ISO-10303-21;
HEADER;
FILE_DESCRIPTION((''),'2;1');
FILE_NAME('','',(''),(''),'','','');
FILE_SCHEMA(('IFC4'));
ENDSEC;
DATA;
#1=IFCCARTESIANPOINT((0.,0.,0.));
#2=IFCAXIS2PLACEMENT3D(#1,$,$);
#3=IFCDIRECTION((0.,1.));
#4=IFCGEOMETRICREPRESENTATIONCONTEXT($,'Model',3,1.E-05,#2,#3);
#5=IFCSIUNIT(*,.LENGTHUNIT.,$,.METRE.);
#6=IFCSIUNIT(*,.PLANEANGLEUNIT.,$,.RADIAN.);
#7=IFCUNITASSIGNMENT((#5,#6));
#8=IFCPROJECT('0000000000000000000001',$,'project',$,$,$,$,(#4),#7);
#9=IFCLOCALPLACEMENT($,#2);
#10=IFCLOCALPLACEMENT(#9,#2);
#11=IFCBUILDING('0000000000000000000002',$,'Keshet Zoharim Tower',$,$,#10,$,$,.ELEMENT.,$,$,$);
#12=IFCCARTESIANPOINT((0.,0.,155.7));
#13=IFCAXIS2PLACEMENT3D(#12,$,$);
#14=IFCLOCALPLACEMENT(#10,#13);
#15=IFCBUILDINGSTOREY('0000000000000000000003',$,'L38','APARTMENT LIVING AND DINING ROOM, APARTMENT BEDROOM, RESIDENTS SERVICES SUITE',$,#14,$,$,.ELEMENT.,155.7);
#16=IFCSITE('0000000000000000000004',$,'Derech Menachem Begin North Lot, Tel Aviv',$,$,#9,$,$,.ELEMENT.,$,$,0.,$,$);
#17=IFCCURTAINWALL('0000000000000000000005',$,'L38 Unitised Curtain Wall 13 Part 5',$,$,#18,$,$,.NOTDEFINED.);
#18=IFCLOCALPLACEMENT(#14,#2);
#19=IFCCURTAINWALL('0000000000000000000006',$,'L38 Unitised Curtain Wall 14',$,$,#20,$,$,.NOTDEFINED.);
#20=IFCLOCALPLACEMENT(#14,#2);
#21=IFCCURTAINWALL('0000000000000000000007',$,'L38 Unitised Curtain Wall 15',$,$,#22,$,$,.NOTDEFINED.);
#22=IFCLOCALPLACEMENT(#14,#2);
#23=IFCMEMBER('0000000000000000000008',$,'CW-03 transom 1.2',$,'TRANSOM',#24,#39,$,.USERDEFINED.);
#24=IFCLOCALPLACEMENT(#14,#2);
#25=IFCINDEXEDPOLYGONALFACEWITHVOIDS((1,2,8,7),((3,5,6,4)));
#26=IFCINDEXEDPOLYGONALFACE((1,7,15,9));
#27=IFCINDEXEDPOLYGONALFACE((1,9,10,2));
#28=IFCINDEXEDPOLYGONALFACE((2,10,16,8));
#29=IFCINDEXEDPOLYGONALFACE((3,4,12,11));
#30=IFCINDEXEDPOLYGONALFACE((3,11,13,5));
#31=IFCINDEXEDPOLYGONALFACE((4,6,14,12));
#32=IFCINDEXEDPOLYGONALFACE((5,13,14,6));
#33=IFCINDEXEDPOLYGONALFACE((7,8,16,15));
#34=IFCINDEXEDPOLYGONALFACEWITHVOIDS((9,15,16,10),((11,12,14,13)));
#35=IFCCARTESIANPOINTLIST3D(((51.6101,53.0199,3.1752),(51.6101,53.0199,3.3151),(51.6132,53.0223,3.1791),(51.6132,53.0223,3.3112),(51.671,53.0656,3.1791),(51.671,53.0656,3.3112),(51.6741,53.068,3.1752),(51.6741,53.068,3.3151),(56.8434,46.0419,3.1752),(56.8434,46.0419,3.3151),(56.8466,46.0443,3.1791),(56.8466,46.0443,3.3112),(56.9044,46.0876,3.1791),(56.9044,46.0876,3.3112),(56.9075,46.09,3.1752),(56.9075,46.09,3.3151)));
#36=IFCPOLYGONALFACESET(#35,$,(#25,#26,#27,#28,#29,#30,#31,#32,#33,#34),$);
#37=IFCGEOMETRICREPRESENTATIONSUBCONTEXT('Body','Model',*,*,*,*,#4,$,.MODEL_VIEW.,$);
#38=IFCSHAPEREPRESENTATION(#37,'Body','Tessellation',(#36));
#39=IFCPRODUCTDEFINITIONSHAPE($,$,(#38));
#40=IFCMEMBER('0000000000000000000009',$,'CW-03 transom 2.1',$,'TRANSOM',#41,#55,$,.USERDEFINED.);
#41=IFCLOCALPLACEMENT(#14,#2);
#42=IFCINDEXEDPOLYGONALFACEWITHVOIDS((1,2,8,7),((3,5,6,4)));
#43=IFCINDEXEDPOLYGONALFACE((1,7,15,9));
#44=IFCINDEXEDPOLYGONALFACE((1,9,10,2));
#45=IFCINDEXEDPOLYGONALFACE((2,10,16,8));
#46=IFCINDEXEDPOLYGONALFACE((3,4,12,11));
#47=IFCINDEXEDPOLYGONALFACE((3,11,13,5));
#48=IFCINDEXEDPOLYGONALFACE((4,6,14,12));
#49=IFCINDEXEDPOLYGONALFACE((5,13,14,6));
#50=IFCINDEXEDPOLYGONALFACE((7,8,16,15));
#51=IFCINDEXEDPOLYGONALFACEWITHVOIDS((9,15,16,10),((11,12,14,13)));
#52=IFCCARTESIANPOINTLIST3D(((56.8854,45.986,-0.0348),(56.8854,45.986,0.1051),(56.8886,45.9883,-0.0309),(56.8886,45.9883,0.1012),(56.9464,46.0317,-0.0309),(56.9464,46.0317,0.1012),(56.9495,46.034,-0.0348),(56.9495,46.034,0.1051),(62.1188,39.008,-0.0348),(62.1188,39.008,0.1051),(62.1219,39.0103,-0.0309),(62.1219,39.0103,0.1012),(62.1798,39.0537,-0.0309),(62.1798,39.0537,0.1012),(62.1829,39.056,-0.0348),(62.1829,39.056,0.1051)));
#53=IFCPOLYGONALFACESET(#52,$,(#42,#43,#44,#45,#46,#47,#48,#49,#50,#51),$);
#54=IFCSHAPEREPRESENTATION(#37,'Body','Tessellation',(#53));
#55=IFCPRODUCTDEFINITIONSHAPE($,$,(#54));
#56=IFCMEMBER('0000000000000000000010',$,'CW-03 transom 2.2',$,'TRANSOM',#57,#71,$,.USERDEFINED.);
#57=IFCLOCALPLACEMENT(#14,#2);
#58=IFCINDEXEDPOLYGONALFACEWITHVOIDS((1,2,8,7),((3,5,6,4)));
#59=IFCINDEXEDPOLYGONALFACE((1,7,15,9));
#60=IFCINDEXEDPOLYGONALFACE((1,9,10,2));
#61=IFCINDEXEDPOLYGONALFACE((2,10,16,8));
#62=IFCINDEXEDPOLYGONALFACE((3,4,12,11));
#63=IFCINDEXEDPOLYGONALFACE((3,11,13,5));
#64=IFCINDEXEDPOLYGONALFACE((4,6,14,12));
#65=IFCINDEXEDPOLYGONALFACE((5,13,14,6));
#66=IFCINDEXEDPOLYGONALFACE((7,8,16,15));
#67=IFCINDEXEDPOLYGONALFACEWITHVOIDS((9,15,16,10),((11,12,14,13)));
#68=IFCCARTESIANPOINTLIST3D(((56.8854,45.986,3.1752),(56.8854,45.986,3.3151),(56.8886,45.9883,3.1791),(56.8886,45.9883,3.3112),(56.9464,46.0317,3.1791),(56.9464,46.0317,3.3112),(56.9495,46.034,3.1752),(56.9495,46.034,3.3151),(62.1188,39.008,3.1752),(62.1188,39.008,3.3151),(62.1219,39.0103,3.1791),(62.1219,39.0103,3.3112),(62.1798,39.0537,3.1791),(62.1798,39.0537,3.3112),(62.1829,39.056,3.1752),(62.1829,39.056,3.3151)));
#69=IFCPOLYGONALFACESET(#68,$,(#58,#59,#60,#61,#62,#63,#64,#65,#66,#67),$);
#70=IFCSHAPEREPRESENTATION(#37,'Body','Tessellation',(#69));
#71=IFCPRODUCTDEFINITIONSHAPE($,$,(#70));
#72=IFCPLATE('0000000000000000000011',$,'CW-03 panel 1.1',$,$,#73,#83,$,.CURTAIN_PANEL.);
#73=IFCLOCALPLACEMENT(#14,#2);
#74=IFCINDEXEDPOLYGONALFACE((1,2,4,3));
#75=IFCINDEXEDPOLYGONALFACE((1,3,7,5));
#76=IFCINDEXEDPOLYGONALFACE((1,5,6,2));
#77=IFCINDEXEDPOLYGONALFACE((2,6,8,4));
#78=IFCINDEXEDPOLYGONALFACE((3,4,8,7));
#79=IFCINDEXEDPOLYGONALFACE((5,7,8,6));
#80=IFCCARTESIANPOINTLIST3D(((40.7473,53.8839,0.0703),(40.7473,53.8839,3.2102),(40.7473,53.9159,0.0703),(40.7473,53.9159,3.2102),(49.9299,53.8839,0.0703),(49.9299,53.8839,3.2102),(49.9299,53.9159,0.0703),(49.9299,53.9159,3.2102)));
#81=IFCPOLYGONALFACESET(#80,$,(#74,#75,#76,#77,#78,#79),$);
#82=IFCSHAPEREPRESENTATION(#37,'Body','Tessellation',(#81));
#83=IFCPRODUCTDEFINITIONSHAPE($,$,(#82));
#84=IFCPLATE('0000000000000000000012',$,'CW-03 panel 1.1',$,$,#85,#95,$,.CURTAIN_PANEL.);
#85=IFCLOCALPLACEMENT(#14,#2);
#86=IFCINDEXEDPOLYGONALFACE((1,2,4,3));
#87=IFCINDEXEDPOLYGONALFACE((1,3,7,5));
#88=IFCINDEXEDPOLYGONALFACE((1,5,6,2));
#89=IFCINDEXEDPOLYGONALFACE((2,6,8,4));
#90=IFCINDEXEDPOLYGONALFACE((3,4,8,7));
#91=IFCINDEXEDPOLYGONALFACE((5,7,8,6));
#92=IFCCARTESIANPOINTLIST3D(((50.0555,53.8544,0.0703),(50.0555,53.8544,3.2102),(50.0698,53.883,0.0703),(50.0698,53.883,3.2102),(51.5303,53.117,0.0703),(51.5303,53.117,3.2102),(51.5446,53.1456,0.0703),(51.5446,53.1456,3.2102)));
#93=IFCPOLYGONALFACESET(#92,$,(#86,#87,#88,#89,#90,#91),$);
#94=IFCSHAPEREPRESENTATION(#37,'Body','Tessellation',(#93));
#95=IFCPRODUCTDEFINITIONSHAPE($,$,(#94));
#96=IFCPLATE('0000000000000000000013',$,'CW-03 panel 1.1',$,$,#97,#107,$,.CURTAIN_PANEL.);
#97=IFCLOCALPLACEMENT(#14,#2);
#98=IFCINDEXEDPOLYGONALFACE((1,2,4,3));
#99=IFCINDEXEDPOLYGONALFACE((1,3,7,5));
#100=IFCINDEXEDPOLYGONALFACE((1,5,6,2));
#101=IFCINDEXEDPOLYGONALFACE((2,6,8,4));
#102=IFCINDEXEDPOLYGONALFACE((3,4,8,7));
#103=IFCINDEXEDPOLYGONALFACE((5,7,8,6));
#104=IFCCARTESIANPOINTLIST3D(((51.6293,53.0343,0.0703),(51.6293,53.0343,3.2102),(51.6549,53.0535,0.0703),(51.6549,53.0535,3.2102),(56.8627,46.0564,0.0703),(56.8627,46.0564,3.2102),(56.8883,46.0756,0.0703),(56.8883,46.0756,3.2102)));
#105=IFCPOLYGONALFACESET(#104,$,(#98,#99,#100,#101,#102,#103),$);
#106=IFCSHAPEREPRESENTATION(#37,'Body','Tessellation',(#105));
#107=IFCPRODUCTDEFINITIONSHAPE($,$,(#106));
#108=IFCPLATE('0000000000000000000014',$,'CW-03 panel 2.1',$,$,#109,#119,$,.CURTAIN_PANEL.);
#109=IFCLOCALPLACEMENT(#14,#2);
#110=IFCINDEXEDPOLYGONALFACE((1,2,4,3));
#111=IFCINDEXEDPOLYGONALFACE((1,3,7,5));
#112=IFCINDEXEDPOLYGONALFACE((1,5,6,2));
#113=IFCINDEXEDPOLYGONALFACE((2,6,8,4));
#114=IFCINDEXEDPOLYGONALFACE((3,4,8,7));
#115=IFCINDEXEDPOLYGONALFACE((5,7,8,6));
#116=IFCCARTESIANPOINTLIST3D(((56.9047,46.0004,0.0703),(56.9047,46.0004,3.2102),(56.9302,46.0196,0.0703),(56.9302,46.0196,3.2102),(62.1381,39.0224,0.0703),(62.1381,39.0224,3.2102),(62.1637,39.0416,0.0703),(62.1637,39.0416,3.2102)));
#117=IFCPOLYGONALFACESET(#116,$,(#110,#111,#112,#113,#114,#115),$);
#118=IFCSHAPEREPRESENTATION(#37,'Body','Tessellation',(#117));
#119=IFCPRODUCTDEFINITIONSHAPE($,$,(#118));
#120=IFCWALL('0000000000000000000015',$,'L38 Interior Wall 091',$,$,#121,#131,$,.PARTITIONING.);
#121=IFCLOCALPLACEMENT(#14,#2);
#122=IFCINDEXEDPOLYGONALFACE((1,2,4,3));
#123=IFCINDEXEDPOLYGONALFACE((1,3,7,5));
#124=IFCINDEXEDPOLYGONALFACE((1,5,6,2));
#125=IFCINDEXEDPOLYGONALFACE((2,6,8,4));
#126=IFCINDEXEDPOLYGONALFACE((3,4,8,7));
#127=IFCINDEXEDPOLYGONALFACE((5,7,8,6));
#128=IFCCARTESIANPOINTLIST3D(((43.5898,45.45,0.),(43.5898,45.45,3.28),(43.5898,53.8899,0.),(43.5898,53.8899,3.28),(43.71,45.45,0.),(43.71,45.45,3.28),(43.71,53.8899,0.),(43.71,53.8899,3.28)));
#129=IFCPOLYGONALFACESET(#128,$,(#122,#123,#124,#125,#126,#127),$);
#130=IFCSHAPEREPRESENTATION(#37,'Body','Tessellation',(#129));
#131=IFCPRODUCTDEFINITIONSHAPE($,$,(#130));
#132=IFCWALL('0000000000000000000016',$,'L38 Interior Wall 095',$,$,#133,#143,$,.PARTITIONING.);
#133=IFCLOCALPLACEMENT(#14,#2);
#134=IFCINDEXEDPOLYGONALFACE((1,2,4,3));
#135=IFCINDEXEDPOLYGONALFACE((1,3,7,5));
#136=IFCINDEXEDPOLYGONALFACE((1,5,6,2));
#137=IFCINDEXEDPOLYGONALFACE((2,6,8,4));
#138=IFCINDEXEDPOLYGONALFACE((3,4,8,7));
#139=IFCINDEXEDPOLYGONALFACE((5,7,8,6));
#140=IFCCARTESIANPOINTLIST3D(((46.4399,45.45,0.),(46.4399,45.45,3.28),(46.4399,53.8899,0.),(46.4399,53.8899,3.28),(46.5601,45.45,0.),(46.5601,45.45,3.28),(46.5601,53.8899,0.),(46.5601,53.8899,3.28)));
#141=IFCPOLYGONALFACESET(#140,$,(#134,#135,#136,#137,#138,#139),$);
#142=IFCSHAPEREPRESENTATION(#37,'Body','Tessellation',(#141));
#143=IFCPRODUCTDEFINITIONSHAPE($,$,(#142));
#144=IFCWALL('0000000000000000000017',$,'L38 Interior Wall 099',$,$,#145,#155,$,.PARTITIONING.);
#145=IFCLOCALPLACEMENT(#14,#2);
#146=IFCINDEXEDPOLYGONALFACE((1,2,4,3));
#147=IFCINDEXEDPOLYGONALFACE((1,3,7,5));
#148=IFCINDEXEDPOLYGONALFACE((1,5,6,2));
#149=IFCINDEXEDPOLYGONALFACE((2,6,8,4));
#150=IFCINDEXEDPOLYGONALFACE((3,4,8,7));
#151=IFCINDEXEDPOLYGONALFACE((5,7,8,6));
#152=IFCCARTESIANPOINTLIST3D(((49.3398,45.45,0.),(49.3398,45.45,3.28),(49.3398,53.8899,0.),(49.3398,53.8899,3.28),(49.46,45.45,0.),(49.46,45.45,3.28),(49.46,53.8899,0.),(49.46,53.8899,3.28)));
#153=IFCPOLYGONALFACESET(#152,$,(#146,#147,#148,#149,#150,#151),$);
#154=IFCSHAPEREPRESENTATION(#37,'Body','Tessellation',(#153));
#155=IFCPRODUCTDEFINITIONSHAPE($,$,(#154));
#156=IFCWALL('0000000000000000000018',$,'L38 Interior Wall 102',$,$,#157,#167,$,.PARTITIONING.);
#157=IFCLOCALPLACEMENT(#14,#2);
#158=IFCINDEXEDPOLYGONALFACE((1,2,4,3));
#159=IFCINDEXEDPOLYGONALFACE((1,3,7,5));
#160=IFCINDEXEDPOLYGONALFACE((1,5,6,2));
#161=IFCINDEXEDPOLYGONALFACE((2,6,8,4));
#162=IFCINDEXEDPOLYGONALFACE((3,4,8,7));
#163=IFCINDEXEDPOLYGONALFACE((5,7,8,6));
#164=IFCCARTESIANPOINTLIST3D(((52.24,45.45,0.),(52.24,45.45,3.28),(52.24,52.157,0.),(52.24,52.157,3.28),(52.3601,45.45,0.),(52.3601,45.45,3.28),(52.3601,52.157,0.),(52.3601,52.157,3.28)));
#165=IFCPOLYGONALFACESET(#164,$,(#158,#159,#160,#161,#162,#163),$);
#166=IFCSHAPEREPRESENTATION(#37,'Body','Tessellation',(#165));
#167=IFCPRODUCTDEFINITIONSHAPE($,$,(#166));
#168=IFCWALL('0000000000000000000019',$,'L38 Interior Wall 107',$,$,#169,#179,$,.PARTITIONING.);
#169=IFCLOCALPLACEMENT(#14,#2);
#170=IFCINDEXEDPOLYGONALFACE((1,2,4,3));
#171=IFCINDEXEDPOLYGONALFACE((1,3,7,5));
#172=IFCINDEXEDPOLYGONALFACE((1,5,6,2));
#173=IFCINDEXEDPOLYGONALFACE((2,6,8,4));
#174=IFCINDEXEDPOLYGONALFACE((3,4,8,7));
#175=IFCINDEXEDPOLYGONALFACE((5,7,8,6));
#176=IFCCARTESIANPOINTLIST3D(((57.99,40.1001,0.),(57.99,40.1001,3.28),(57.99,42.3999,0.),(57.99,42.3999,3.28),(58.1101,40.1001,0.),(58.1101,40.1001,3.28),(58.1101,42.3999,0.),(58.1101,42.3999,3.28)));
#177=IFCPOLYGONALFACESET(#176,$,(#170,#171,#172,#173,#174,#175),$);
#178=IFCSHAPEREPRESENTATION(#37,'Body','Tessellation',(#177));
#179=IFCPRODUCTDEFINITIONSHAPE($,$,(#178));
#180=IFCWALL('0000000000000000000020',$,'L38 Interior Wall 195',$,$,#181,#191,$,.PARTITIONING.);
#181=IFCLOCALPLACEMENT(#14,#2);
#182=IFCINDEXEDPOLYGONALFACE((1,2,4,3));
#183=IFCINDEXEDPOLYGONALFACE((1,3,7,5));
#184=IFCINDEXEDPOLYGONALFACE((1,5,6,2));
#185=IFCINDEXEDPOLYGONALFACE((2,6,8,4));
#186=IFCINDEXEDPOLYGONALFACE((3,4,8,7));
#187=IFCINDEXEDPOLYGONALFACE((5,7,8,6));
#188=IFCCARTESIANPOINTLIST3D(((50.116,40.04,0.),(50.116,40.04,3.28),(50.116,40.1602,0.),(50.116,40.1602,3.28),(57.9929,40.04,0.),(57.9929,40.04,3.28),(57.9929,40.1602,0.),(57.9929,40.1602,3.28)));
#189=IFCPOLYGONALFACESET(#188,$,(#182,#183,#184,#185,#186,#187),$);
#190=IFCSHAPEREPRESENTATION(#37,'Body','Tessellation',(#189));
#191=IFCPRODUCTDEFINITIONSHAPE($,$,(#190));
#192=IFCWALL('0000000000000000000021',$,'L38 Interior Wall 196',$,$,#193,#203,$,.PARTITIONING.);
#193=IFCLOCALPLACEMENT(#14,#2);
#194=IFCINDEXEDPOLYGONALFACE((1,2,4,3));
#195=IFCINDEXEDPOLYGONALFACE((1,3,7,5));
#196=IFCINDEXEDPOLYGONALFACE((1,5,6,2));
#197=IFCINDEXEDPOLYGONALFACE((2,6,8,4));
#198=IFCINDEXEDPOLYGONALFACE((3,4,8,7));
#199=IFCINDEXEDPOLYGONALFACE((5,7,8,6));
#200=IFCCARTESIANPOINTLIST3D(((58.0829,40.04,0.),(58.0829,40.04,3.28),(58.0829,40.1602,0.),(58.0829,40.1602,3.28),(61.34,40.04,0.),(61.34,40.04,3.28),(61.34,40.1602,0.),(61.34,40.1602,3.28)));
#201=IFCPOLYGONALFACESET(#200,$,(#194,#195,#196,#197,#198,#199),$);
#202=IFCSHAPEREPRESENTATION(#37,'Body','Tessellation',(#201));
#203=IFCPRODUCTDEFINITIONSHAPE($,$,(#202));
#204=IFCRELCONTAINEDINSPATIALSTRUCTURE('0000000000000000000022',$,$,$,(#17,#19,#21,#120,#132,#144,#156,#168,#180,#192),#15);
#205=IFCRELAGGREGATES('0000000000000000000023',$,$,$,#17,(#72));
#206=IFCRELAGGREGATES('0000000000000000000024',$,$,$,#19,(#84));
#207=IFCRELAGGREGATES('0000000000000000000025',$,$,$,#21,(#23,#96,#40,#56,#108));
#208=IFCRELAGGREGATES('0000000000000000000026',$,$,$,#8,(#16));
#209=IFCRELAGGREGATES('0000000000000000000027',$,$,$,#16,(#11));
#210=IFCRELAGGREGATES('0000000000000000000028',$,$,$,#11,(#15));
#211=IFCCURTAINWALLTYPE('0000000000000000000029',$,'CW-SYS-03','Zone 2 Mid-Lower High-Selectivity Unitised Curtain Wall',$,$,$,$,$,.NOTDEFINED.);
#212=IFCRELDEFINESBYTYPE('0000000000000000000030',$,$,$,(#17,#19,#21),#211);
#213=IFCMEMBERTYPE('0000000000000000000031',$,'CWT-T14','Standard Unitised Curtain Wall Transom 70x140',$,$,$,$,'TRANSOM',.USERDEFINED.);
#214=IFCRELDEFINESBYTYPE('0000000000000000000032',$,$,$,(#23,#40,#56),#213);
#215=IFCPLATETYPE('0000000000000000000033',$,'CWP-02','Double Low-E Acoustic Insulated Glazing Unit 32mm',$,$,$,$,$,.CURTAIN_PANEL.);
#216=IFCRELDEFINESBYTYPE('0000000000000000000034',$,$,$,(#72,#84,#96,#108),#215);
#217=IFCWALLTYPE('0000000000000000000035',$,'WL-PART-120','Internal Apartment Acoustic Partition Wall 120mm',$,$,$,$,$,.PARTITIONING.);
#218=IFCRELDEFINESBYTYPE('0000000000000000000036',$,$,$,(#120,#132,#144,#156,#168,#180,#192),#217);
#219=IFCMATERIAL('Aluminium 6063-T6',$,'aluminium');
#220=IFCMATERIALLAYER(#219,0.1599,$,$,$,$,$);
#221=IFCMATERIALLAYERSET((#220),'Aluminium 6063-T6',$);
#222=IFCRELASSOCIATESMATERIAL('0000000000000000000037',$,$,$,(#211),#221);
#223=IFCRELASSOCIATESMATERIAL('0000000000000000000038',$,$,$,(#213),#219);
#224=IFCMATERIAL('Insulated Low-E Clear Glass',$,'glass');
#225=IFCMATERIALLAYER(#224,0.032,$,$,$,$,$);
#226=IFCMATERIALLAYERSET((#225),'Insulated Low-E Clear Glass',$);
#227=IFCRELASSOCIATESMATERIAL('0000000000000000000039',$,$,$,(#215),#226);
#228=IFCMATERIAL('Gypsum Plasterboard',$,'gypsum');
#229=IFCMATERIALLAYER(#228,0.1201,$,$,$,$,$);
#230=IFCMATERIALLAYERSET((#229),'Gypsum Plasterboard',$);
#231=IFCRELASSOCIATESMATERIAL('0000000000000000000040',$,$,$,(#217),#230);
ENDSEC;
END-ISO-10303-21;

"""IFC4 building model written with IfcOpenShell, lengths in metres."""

from ifc_helpers import new_model, si_unit, direction, frame, frame_2d, origin, origin_2d, place, context, subcontext, project, spatial, rectangle, hollow_rectangle, extrude, material, layer, layer_set, material_profile, profile_set, type_object, element, aggregate, save


model = new_model("IFC4")

# Units and contexts
model_context = context("Model", 3, precision=1e-05, world=origin(), true_north=direction((0.0, 1.0)))
body_context = subcontext(model_context, "Body", "Model", "MODEL_VIEW")
ifc_project = project(units=[si_unit("LENGTHUNIT", "METRE"), si_unit("PLANEANGLEUNIT", "RADIAN")], contexts=[model_context])

# Site, building, storey
site_placement = place(None, origin())
site = spatial("IfcSite", under=ifc_project, at=site_placement, Name="Derech Menachem Begin North Lot, Tel Aviv", CompositionType="ELEMENT", RefElevation=0.0)
building_placement = place(site_placement, origin())
building = spatial("IfcBuilding", under=site, at=building_placement, Name="Keshet Zoharim Tower", CompositionType="ELEMENT")
storey_placement = place(building_placement, frame((0.0, 0.0, 155.7)))
storey = spatial("IfcBuildingStorey", under=building, at=storey_placement, Name="L38", Description="APARTMENT LIVING AND DINING ROOM, APARTMENT BEDROOM, RESIDENTS SERVICES SUITE", CompositionType="ELEMENT", Elevation=155.7)

# Curtain wall
ifc_material_1 = material(Name="Aluminium 6063-T6", Category="aluminium")
ifc_layer_1 = layer(ifc_material_1, 0.1599)
ifc_layer_set_1 = layer_set([ifc_layer_1], Name="Aluminium 6063-T6")
curtain_wall_type = type_object("IfcCurtainWallType", Name="CW-SYS-03", Description="Zone 2 Mid-Lower High-Selectivity Unitised Curtain Wall", PredefinedType="NOTDEFINED", material=ifc_layer_set_1)
curtain_wall_1_placement = place(storey_placement, origin())
curtain_wall_1 = element("IfcCurtainWall", 1, at=curtain_wall_1_placement, inside=storey, type_object=curtain_wall_type, Name="L38 Unitised Curtain Wall 13 Part 5", PredefinedType="NOTDEFINED")

# Curtain walls
curtain_wall_2_placement = place(storey_placement, origin())
curtain_wall_2 = element("IfcCurtainWall", 2, at=curtain_wall_2_placement, inside=storey, type_object=curtain_wall_type, Name="L38 Unitised Curtain Wall 14", PredefinedType="NOTDEFINED")
curtain_wall_3_placement = place(storey_placement, origin())
curtain_wall_3 = element("IfcCurtainWall", 3, at=curtain_wall_3_placement, inside=storey, type_object=curtain_wall_type, Name="L38 Unitised Curtain Wall 15", PredefinedType="NOTDEFINED")

# Members
ifc_material_profile_1 = material_profile(ifc_material_1, hollow_rectangle(XDim=0.0801, YDim=0.1399, WallThickness=0.0039, at=origin_2d()), Name="TRN-80x140")
ifc_profile_set_1 = profile_set([ifc_material_profile_1], Name="Aluminium 6063-T6")
member_type_1 = type_object("IfcMemberType", Name="CWT-T14", Description="Standard Unitised Curtain Wall Transom 70x140", ElementType="TRANSOM", PredefinedType="USERDEFINED", material=ifc_profile_set_1)
member_1_placement = place(storey_placement, frame((51.6421, 53.0439, 3.2451), z_axis=(0.599991, -0.800007, 0.0), x_axis=(0.800007, 0.599991, 0.0)))
member_1 = element("IfcMember", 4, at=member_1_placement, type_object=member_type_1, Name="CW-03 transom 1.2", ObjectType="TRANSOM", PredefinedType="USERDEFINED", context=body_context, shape_type="SweptSolid", body=[
    extrude(hollow_rectangle(XDim=0.0801, YDim=0.1399, WallThickness=0.0039, at=origin_2d()), origin(), (0.0, 0.0, 1.0), 8.7224),
])
member_2_placement = place(storey_placement, frame((56.9175, 46.01, 0.0352), z_axis=(0.599991, -0.800007, 0.0), x_axis=(0.800007, 0.599991, 0.0)))
member_2 = element("IfcMember", 5, at=member_2_placement, type_object=member_type_1, Name="CW-03 transom 2.1", ObjectType="TRANSOM", PredefinedType="USERDEFINED", context=body_context, shape_type="SweptSolid", body=[
    extrude(hollow_rectangle(XDim=0.0801, YDim=0.1399, WallThickness=0.0039, at=origin_2d()), origin(), (0.0, 0.0, 1.0), 8.7224),
])
member_3_placement = place(storey_placement, frame((56.9175, 46.01, 3.2451), z_axis=(0.599991, -0.800007, 0.0), x_axis=(0.800007, 0.599991, 0.0)))
member_3 = element("IfcMember", 6, at=member_3_placement, type_object=member_type_1, Name="CW-03 transom 2.2", ObjectType="TRANSOM", PredefinedType="USERDEFINED", context=body_context, shape_type="SweptSolid", body=[
    extrude(hollow_rectangle(XDim=0.0801, YDim=0.1399, WallThickness=0.0039, at=origin_2d()), origin(), (0.0, 0.0, 1.0), 8.7224),
])

# Plates
ifc_material_2 = material(Name="Insulated Low-E Clear Glass", Category="glass")
ifc_layer_2 = layer(ifc_material_2, 0.032)
ifc_layer_set_2 = layer_set([ifc_layer_2], Name="Insulated Low-E Clear Glass")
plate_type = type_object("IfcPlateType", Name="CWP-02", Description="Double Low-E Acoustic Insulated Glazing Unit 32mm", PredefinedType="CURTAIN_PANEL", material=ifc_layer_set_2)
plate_1_placement = place(storey_placement, frame((45.3386, 53.8999, 0.0703), z_axis=(0.0, 0.0, 1.0), x_axis=(1.0, 0.0, 0.0)))
plate_1 = element("IfcPlate", 7, at=plate_1_placement, type_object=plate_type, Name="CW-03 panel 1.1", PredefinedType="CURTAIN_PANEL", context=body_context, shape_type="SweptSolid", body=[
    extrude(rectangle(XDim=9.1826, YDim=0.032, at=origin_2d()), origin(), (0.0, 0.0, 1.0), 3.1399),
])
aggregate(curtain_wall_1, [plate_1])
plate_2_placement = place(storey_placement, frame((50.8, 53.5, 0.0703), z_axis=(0.0, 0.0, 1.0), x_axis=(0.894427, -0.447214, 0.0)))
plate_2 = element("IfcPlate", 8, at=plate_2_placement, type_object=plate_type, Name="CW-03 panel 1.1", PredefinedType="CURTAIN_PANEL", context=body_context, shape_type="SweptSolid", body=[
    extrude(rectangle(XDim=1.6489, YDim=0.032, at=origin_2d()), origin(), (0.0, 0.0, 1.0), 3.1399),
])
aggregate(curtain_wall_2, [plate_2])
plate_3_placement = place(storey_placement, frame((54.2588, 49.5549, 0.0703), z_axis=(0.0, 0.0, 1.0), x_axis=(0.6, -0.8, 0.0)))
plate_3 = element("IfcPlate", 9, at=plate_3_placement, type_object=plate_type, Name="CW-03 panel 1.1", PredefinedType="CURTAIN_PANEL", context=body_context, shape_type="SweptSolid", body=[
    extrude(rectangle(XDim=8.7224, YDim=0.032, at=origin_2d()), origin(), (0.0, 0.0, 1.0), 3.1399),
])
plate_4_placement = place(storey_placement, frame((59.5342, 42.521, 0.0703), z_axis=(0.0, 0.0, 1.0), x_axis=(0.6, -0.8, 0.0)))
plate_4 = element("IfcPlate", 10, at=plate_4_placement, type_object=plate_type, Name="CW-03 panel 2.1", PredefinedType="CURTAIN_PANEL", context=body_context, shape_type="SweptSolid", body=[
    extrude(rectangle(XDim=8.7224, YDim=0.032, at=origin_2d()), origin(), (0.0, 0.0, 1.0), 3.1399),
])
aggregate(curtain_wall_3, [member_1, plate_3, member_2, member_3, plate_4])

# Walls
ifc_material_3 = material(Name="Gypsum Plasterboard", Category="gypsum")
ifc_layer_3 = layer(ifc_material_3, 0.1201)
ifc_layer_set_3 = layer_set([ifc_layer_3], Name="Gypsum Plasterboard")
wall_type_1 = type_object("IfcWallType", Name="WL-PART-120", Description="Internal Apartment Acoustic Partition Wall 120mm", PredefinedType="PARTITIONING", material=ifc_layer_set_3)
for number, where, z_axis, x_axis, name in (
    (11, (43.6499, 45.45, 0.0), (0.0, 0.0, 1.0), (0.0, 1.0, 0.0), "L38 Interior Wall 091"),
    (12, (46.5, 45.45, 0.0), (0.0, 0.0, 1.0), (0.0, 1.0, 0.0), "L38 Interior Wall 095"),
    (13, (49.3999, 45.45, 0.0), (0.0, 0.0, 1.0), (0.0, 1.0, 0.0), "L38 Interior Wall 099"),
):
    element("IfcWall", number, at=place(storey_placement, frame(where, z_axis=z_axis, x_axis=x_axis)), inside=storey, type_object=wall_type_1, Name=name, PredefinedType="PARTITIONING", context=body_context, shape_type="SweptSolid", body=[
        extrude(rectangle(XDim=8.4399, YDim=0.1201, at=frame_2d((4.22, 0.0))), origin(), (0.0, 0.0, 1.0), 3.28),
    ])
wall_1_placement = place(storey_placement, frame((52.3, 45.45, 0.0), z_axis=(0.0, 0.0, 1.0), x_axis=(0.0, 1.0, 0.0)))
element("IfcWall", 14, at=wall_1_placement, inside=storey, type_object=wall_type_1, Name="L38 Interior Wall 102", PredefinedType="PARTITIONING", context=body_context, shape_type="SweptSolid", body=[
    extrude(rectangle(XDim=6.707, YDim=0.1201, at=frame_2d((3.3535, 0.0))), origin(), (0.0, 0.0, 1.0), 3.28),
])
wall_2_placement = place(storey_placement, frame((58.05, 40.1001, 0.0), z_axis=(0.0, 0.0, 1.0), x_axis=(0.0, 1.0, 0.0)))
element("IfcWall", 15, at=wall_2_placement, inside=storey, type_object=wall_type_1, Name="L38 Interior Wall 107", PredefinedType="PARTITIONING", context=body_context, shape_type="SweptSolid", body=[
    extrude(rectangle(XDim=2.2998, YDim=0.1201, at=frame_2d((1.1499, 0.0))), origin(), (0.0, 0.0, 1.0), 3.28),
])
wall_3_placement = place(storey_placement, frame((50.116, 40.1001, 0.0), z_axis=(0.0, 0.0, 1.0), x_axis=(1.0, 0.0, 0.0)))
element("IfcWall", 16, at=wall_3_placement, inside=storey, type_object=wall_type_1, Name="L38 Interior Wall 195", PredefinedType="PARTITIONING", context=body_context, shape_type="SweptSolid", body=[
    extrude(rectangle(XDim=7.877, YDim=0.1201, at=frame_2d((3.9385, 0.0))), origin(), (0.0, 0.0, 1.0), 3.28),
])
wall_4_placement = place(storey_placement, frame((58.083, 40.1001, 0.0), z_axis=(0.0, 0.0, 1.0), x_axis=(1.0, 0.0, 0.0)))
element("IfcWall", 17, at=wall_4_placement, inside=storey, type_object=wall_type_1, Name="L38 Interior Wall 196", PredefinedType="PARTITIONING", context=body_context, shape_type="SweptSolid", body=[
    extrude(rectangle(XDim=3.2571, YDim=0.1201, at=frame_2d((1.6284, 0.0))), origin(), (0.0, 0.0, 1.0), 3.28),
])

save(model, "model.ifc")
